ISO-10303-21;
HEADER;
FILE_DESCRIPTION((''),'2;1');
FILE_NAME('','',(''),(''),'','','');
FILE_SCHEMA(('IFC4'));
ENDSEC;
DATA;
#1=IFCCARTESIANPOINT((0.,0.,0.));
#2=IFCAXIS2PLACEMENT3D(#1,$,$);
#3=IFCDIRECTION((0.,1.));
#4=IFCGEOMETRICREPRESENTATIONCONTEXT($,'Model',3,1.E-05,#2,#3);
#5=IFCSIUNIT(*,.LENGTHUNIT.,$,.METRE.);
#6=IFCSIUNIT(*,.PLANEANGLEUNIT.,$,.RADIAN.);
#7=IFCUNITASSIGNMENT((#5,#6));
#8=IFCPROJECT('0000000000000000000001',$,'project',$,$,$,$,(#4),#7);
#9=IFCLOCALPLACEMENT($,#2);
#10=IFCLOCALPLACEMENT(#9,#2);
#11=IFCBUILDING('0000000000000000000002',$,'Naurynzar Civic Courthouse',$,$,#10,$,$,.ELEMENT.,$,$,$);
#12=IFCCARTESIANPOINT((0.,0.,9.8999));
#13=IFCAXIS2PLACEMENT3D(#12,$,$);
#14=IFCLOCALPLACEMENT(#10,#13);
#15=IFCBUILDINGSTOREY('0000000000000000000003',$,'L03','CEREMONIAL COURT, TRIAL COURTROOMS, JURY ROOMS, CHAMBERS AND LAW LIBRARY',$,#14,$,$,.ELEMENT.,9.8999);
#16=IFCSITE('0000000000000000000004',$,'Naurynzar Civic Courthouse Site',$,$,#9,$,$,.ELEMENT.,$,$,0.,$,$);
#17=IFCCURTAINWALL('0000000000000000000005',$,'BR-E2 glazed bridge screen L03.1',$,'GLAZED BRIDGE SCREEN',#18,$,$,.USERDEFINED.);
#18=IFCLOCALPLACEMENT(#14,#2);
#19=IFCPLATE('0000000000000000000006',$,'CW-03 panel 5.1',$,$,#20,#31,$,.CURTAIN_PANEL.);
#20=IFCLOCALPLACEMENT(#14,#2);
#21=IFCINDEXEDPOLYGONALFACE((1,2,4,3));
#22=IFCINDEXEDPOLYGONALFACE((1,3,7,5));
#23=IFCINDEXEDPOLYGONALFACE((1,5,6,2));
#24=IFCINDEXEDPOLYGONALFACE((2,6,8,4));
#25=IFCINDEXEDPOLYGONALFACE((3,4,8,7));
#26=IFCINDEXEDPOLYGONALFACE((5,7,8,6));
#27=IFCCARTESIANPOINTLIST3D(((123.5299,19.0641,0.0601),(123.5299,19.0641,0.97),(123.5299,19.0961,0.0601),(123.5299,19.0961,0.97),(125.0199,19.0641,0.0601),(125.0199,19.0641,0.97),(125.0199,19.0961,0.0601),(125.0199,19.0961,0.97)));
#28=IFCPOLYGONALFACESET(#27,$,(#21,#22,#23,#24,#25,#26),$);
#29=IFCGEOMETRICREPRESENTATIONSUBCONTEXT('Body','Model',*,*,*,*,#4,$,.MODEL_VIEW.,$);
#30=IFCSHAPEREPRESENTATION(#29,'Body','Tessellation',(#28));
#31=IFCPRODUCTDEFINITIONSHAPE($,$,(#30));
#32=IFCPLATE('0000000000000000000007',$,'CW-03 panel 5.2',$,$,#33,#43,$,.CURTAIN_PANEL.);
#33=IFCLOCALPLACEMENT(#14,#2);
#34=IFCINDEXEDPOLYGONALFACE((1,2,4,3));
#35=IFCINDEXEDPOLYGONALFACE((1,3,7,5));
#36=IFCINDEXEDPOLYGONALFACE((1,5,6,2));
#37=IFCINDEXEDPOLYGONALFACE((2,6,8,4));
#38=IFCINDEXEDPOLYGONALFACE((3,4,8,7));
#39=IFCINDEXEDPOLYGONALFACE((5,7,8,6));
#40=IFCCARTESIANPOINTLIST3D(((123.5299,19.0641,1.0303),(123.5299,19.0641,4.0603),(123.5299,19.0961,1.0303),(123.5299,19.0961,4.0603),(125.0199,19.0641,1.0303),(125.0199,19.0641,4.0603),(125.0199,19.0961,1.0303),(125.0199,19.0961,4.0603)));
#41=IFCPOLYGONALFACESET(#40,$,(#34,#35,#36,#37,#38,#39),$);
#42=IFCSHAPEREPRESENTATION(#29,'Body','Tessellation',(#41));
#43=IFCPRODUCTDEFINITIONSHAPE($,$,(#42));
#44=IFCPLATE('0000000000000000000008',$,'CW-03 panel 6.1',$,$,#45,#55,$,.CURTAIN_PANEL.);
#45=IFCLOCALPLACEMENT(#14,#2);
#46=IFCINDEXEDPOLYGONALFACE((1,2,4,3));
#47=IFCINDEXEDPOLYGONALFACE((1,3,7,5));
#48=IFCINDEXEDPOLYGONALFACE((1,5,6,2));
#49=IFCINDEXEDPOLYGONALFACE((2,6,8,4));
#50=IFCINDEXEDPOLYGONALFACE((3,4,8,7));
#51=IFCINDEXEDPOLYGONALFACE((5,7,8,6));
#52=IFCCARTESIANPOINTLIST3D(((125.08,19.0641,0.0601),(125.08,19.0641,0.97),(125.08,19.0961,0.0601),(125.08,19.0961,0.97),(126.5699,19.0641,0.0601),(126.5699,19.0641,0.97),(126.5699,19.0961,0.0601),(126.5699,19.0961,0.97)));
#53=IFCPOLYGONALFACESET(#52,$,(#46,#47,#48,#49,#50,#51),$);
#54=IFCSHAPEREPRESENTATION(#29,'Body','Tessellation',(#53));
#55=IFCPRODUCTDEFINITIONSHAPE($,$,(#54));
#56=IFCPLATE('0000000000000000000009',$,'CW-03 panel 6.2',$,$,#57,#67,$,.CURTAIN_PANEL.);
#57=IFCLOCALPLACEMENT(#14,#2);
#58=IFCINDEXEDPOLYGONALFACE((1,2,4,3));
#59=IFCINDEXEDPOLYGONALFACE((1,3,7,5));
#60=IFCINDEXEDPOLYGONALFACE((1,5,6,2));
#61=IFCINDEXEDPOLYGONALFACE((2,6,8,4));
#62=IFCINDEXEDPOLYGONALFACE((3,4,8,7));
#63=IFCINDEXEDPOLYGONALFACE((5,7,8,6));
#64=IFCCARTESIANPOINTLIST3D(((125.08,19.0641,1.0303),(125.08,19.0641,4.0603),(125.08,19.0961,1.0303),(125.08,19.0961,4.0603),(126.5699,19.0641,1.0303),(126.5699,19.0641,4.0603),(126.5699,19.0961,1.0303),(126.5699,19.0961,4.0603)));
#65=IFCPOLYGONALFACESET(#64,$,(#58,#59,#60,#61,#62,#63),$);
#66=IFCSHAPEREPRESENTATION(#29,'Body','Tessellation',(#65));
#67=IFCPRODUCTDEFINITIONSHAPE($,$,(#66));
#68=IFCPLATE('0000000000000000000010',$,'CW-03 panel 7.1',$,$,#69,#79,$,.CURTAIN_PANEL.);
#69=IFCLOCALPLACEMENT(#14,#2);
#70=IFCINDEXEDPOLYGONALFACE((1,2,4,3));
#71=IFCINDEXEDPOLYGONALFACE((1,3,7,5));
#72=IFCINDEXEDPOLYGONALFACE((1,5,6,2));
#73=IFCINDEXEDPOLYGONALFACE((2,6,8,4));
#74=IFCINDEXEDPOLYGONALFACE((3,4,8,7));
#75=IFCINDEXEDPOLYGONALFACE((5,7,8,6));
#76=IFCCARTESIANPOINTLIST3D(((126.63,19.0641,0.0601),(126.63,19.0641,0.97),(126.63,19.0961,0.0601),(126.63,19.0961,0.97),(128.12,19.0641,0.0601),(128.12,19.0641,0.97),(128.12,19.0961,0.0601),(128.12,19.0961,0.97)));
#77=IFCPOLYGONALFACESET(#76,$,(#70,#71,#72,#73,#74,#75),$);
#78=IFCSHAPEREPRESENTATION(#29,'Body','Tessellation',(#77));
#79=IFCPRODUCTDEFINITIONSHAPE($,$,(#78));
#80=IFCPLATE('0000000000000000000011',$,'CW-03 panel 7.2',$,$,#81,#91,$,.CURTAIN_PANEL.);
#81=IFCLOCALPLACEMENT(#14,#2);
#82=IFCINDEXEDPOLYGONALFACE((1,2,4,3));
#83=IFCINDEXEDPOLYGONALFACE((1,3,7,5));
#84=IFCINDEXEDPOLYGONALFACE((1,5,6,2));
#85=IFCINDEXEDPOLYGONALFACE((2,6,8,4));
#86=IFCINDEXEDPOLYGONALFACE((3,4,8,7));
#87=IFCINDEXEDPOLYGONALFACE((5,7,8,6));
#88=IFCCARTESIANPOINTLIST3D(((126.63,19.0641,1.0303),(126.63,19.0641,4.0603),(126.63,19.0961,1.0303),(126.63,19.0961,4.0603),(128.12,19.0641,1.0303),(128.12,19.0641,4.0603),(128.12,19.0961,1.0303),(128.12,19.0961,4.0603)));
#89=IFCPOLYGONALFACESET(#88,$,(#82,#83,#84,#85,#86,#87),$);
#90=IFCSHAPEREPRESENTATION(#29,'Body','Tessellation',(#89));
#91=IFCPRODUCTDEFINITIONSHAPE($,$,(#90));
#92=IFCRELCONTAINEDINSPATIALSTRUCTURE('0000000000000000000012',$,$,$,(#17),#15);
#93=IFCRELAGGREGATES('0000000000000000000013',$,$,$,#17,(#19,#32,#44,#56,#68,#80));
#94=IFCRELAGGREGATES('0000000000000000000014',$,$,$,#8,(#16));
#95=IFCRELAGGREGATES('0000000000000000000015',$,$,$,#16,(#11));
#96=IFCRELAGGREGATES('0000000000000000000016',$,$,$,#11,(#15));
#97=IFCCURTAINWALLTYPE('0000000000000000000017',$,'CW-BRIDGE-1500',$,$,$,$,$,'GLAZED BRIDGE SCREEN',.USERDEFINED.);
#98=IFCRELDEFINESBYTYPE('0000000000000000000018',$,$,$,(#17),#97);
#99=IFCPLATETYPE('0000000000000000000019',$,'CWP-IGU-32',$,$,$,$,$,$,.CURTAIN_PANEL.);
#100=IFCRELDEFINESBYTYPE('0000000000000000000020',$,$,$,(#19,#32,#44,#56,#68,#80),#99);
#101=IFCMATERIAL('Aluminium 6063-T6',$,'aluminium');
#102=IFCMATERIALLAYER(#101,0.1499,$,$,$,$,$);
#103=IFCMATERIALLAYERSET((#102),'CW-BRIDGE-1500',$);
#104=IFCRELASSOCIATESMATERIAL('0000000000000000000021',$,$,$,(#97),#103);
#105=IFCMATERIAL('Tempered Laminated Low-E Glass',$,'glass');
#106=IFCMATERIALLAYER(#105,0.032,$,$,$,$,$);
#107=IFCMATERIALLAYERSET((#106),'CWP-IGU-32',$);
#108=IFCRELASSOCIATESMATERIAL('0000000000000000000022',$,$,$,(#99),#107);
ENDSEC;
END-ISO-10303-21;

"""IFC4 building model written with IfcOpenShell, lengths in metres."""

from ifc_helpers import new_model, si_unit, direction, frame, origin, origin_2d, place, context, subcontext, project, spatial, rectangle, extrude, material, layer, layer_set, type_object, element, aggregate, save


model = new_model("IFC4")

# Units and contexts
model_context = context("Model", 3, precision=1e-05, world=origin(), true_north=direction((0.0, 1.0)))
body_context = subcontext(model_context, "Body", "Model", "MODEL_VIEW")
ifc_project = project(units=[si_unit("LENGTHUNIT", "METRE"), si_unit("PLANEANGLEUNIT", "RADIAN")], contexts=[model_context])

# Site, building, storey
site_placement = place(None, origin())
site = spatial("IfcSite", under=ifc_project, at=site_placement, Name="Naurynzar Civic Courthouse Site", CompositionType="ELEMENT", RefElevation=0.0)
building_placement = place(site_placement, origin())
building = spatial("IfcBuilding", under=site, at=building_placement, Name="Naurynzar Civic Courthouse", CompositionType="ELEMENT")
storey_placement = place(building_placement, frame((0.0, 0.0, 9.8999)))
storey = spatial("IfcBuildingStorey", under=building, at=storey_placement, Name="L03", Description="CEREMONIAL COURT, TRIAL COURTROOMS, JURY ROOMS, CHAMBERS AND LAW LIBRARY", CompositionType="ELEMENT", Elevation=9.8999)

# Curtain wall, plates
ifc_material_1 = material(Name="Aluminium 6063-T6", Category="aluminium")
ifc_layer_1 = layer(ifc_material_1, 0.1499)
ifc_layer_set_1 = layer_set([ifc_layer_1], Name="CW-BRIDGE-1500")
curtain_wall_type = type_object("IfcCurtainWallType", Name="CW-BRIDGE-1500", ElementType="GLAZED BRIDGE SCREEN", PredefinedType="USERDEFINED", material=ifc_layer_set_1)
curtain_wall_placement = place(storey_placement, origin())
curtain_wall = element("IfcCurtainWall", 1, at=curtain_wall_placement, inside=storey, type_object=curtain_wall_type, Name="BR-E2 glazed bridge screen L03.1", ObjectType="GLAZED BRIDGE SCREEN", PredefinedType="USERDEFINED")
ifc_material_2 = material(Name="Tempered Laminated Low-E Glass", Category="glass")
ifc_layer_2 = layer(ifc_material_2, 0.032)
ifc_layer_set_2 = layer_set([ifc_layer_2], Name="CWP-IGU-32")
plate_type = type_object("IfcPlateType", Name="CWP-IGU-32", PredefinedType="CURTAIN_PANEL", material=ifc_layer_set_2)
plate_1_placement = place(storey_placement, frame((124.2749, 19.0801, 0.0601), z_axis=(0.0, 0.0, 1.0), x_axis=(1.0, 0.0, 0.0)))
plate_1 = element("IfcPlate", 2, at=plate_1_placement, type_object=plate_type, Name="CW-03 panel 5.1", PredefinedType="CURTAIN_PANEL", context=body_context, shape_type="SweptSolid", body=[
    extrude(rectangle(XDim=1.49, YDim=0.032, at=origin_2d()), origin(), (0.0, 0.0, 1.0), 0.9099),
])
plate_2_placement = place(storey_placement, frame((124.2749, 19.0801, 1.0303), z_axis=(0.0, 0.0, 1.0), x_axis=(1.0, 0.0, 0.0)))
plate_2 = element("IfcPlate", 3, at=plate_2_placement, type_object=plate_type, Name="CW-03 panel 5.2", PredefinedType="CURTAIN_PANEL", context=body_context, shape_type="SweptSolid", body=[
    extrude(rectangle(XDim=1.49, YDim=0.032, at=origin_2d()), origin(), (0.0, 0.0, 1.0), 3.03),
])
plate_3_placement = place(storey_placement, frame((125.825, 19.0801, 0.0601), z_axis=(0.0, 0.0, 1.0), x_axis=(1.0, 0.0, 0.0)))
plate_3 = element("IfcPlate", 4, at=plate_3_placement, type_object=plate_type, Name="CW-03 panel 6.1", PredefinedType="CURTAIN_PANEL", context=body_context, shape_type="SweptSolid", body=[
    extrude(rectangle(XDim=1.49, YDim=0.032, at=origin_2d()), origin(), (0.0, 0.0, 1.0), 0.9099),
])
plate_4_placement = place(storey_placement, frame((125.825, 19.0801, 1.0303), z_axis=(0.0, 0.0, 1.0), x_axis=(1.0, 0.0, 0.0)))
plate_4 = element("IfcPlate", 5, at=plate_4_placement, type_object=plate_type, Name="CW-03 panel 6.2", PredefinedType="CURTAIN_PANEL", context=body_context, shape_type="SweptSolid", body=[
    extrude(rectangle(XDim=1.49, YDim=0.032, at=origin_2d()), origin(), (0.0, 0.0, 1.0), 3.03),
])
plate_5_placement = place(storey_placement, frame((127.375, 19.0801, 0.0601), z_axis=(0.0, 0.0, 1.0), x_axis=(1.0, 0.0, 0.0)))
plate_5 = element("IfcPlate", 6, at=plate_5_placement, type_object=plate_type, Name="CW-03 panel 7.1", PredefinedType="CURTAIN_PANEL", context=body_context, shape_type="SweptSolid", body=[
    extrude(rectangle(XDim=1.49, YDim=0.032, at=origin_2d()), origin(), (0.0, 0.0, 1.0), 0.9099),
])
plate_6_placement = place(storey_placement, frame((127.375, 19.0801, 1.0303), z_axis=(0.0, 0.0, 1.0), x_axis=(1.0, 0.0, 0.0)))
plate_6 = element("IfcPlate", 7, at=plate_6_placement, type_object=plate_type, Name="CW-03 panel 7.2", PredefinedType="CURTAIN_PANEL", context=body_context, shape_type="SweptSolid", body=[
    extrude(rectangle(XDim=1.49, YDim=0.032, at=origin_2d()), origin(), (0.0, 0.0, 1.0), 3.03),
])
aggregate(curtain_wall, [plate_1, plate_2, plate_3, plate_4, plate_5, plate_6])

save(model, "model.ifc")
